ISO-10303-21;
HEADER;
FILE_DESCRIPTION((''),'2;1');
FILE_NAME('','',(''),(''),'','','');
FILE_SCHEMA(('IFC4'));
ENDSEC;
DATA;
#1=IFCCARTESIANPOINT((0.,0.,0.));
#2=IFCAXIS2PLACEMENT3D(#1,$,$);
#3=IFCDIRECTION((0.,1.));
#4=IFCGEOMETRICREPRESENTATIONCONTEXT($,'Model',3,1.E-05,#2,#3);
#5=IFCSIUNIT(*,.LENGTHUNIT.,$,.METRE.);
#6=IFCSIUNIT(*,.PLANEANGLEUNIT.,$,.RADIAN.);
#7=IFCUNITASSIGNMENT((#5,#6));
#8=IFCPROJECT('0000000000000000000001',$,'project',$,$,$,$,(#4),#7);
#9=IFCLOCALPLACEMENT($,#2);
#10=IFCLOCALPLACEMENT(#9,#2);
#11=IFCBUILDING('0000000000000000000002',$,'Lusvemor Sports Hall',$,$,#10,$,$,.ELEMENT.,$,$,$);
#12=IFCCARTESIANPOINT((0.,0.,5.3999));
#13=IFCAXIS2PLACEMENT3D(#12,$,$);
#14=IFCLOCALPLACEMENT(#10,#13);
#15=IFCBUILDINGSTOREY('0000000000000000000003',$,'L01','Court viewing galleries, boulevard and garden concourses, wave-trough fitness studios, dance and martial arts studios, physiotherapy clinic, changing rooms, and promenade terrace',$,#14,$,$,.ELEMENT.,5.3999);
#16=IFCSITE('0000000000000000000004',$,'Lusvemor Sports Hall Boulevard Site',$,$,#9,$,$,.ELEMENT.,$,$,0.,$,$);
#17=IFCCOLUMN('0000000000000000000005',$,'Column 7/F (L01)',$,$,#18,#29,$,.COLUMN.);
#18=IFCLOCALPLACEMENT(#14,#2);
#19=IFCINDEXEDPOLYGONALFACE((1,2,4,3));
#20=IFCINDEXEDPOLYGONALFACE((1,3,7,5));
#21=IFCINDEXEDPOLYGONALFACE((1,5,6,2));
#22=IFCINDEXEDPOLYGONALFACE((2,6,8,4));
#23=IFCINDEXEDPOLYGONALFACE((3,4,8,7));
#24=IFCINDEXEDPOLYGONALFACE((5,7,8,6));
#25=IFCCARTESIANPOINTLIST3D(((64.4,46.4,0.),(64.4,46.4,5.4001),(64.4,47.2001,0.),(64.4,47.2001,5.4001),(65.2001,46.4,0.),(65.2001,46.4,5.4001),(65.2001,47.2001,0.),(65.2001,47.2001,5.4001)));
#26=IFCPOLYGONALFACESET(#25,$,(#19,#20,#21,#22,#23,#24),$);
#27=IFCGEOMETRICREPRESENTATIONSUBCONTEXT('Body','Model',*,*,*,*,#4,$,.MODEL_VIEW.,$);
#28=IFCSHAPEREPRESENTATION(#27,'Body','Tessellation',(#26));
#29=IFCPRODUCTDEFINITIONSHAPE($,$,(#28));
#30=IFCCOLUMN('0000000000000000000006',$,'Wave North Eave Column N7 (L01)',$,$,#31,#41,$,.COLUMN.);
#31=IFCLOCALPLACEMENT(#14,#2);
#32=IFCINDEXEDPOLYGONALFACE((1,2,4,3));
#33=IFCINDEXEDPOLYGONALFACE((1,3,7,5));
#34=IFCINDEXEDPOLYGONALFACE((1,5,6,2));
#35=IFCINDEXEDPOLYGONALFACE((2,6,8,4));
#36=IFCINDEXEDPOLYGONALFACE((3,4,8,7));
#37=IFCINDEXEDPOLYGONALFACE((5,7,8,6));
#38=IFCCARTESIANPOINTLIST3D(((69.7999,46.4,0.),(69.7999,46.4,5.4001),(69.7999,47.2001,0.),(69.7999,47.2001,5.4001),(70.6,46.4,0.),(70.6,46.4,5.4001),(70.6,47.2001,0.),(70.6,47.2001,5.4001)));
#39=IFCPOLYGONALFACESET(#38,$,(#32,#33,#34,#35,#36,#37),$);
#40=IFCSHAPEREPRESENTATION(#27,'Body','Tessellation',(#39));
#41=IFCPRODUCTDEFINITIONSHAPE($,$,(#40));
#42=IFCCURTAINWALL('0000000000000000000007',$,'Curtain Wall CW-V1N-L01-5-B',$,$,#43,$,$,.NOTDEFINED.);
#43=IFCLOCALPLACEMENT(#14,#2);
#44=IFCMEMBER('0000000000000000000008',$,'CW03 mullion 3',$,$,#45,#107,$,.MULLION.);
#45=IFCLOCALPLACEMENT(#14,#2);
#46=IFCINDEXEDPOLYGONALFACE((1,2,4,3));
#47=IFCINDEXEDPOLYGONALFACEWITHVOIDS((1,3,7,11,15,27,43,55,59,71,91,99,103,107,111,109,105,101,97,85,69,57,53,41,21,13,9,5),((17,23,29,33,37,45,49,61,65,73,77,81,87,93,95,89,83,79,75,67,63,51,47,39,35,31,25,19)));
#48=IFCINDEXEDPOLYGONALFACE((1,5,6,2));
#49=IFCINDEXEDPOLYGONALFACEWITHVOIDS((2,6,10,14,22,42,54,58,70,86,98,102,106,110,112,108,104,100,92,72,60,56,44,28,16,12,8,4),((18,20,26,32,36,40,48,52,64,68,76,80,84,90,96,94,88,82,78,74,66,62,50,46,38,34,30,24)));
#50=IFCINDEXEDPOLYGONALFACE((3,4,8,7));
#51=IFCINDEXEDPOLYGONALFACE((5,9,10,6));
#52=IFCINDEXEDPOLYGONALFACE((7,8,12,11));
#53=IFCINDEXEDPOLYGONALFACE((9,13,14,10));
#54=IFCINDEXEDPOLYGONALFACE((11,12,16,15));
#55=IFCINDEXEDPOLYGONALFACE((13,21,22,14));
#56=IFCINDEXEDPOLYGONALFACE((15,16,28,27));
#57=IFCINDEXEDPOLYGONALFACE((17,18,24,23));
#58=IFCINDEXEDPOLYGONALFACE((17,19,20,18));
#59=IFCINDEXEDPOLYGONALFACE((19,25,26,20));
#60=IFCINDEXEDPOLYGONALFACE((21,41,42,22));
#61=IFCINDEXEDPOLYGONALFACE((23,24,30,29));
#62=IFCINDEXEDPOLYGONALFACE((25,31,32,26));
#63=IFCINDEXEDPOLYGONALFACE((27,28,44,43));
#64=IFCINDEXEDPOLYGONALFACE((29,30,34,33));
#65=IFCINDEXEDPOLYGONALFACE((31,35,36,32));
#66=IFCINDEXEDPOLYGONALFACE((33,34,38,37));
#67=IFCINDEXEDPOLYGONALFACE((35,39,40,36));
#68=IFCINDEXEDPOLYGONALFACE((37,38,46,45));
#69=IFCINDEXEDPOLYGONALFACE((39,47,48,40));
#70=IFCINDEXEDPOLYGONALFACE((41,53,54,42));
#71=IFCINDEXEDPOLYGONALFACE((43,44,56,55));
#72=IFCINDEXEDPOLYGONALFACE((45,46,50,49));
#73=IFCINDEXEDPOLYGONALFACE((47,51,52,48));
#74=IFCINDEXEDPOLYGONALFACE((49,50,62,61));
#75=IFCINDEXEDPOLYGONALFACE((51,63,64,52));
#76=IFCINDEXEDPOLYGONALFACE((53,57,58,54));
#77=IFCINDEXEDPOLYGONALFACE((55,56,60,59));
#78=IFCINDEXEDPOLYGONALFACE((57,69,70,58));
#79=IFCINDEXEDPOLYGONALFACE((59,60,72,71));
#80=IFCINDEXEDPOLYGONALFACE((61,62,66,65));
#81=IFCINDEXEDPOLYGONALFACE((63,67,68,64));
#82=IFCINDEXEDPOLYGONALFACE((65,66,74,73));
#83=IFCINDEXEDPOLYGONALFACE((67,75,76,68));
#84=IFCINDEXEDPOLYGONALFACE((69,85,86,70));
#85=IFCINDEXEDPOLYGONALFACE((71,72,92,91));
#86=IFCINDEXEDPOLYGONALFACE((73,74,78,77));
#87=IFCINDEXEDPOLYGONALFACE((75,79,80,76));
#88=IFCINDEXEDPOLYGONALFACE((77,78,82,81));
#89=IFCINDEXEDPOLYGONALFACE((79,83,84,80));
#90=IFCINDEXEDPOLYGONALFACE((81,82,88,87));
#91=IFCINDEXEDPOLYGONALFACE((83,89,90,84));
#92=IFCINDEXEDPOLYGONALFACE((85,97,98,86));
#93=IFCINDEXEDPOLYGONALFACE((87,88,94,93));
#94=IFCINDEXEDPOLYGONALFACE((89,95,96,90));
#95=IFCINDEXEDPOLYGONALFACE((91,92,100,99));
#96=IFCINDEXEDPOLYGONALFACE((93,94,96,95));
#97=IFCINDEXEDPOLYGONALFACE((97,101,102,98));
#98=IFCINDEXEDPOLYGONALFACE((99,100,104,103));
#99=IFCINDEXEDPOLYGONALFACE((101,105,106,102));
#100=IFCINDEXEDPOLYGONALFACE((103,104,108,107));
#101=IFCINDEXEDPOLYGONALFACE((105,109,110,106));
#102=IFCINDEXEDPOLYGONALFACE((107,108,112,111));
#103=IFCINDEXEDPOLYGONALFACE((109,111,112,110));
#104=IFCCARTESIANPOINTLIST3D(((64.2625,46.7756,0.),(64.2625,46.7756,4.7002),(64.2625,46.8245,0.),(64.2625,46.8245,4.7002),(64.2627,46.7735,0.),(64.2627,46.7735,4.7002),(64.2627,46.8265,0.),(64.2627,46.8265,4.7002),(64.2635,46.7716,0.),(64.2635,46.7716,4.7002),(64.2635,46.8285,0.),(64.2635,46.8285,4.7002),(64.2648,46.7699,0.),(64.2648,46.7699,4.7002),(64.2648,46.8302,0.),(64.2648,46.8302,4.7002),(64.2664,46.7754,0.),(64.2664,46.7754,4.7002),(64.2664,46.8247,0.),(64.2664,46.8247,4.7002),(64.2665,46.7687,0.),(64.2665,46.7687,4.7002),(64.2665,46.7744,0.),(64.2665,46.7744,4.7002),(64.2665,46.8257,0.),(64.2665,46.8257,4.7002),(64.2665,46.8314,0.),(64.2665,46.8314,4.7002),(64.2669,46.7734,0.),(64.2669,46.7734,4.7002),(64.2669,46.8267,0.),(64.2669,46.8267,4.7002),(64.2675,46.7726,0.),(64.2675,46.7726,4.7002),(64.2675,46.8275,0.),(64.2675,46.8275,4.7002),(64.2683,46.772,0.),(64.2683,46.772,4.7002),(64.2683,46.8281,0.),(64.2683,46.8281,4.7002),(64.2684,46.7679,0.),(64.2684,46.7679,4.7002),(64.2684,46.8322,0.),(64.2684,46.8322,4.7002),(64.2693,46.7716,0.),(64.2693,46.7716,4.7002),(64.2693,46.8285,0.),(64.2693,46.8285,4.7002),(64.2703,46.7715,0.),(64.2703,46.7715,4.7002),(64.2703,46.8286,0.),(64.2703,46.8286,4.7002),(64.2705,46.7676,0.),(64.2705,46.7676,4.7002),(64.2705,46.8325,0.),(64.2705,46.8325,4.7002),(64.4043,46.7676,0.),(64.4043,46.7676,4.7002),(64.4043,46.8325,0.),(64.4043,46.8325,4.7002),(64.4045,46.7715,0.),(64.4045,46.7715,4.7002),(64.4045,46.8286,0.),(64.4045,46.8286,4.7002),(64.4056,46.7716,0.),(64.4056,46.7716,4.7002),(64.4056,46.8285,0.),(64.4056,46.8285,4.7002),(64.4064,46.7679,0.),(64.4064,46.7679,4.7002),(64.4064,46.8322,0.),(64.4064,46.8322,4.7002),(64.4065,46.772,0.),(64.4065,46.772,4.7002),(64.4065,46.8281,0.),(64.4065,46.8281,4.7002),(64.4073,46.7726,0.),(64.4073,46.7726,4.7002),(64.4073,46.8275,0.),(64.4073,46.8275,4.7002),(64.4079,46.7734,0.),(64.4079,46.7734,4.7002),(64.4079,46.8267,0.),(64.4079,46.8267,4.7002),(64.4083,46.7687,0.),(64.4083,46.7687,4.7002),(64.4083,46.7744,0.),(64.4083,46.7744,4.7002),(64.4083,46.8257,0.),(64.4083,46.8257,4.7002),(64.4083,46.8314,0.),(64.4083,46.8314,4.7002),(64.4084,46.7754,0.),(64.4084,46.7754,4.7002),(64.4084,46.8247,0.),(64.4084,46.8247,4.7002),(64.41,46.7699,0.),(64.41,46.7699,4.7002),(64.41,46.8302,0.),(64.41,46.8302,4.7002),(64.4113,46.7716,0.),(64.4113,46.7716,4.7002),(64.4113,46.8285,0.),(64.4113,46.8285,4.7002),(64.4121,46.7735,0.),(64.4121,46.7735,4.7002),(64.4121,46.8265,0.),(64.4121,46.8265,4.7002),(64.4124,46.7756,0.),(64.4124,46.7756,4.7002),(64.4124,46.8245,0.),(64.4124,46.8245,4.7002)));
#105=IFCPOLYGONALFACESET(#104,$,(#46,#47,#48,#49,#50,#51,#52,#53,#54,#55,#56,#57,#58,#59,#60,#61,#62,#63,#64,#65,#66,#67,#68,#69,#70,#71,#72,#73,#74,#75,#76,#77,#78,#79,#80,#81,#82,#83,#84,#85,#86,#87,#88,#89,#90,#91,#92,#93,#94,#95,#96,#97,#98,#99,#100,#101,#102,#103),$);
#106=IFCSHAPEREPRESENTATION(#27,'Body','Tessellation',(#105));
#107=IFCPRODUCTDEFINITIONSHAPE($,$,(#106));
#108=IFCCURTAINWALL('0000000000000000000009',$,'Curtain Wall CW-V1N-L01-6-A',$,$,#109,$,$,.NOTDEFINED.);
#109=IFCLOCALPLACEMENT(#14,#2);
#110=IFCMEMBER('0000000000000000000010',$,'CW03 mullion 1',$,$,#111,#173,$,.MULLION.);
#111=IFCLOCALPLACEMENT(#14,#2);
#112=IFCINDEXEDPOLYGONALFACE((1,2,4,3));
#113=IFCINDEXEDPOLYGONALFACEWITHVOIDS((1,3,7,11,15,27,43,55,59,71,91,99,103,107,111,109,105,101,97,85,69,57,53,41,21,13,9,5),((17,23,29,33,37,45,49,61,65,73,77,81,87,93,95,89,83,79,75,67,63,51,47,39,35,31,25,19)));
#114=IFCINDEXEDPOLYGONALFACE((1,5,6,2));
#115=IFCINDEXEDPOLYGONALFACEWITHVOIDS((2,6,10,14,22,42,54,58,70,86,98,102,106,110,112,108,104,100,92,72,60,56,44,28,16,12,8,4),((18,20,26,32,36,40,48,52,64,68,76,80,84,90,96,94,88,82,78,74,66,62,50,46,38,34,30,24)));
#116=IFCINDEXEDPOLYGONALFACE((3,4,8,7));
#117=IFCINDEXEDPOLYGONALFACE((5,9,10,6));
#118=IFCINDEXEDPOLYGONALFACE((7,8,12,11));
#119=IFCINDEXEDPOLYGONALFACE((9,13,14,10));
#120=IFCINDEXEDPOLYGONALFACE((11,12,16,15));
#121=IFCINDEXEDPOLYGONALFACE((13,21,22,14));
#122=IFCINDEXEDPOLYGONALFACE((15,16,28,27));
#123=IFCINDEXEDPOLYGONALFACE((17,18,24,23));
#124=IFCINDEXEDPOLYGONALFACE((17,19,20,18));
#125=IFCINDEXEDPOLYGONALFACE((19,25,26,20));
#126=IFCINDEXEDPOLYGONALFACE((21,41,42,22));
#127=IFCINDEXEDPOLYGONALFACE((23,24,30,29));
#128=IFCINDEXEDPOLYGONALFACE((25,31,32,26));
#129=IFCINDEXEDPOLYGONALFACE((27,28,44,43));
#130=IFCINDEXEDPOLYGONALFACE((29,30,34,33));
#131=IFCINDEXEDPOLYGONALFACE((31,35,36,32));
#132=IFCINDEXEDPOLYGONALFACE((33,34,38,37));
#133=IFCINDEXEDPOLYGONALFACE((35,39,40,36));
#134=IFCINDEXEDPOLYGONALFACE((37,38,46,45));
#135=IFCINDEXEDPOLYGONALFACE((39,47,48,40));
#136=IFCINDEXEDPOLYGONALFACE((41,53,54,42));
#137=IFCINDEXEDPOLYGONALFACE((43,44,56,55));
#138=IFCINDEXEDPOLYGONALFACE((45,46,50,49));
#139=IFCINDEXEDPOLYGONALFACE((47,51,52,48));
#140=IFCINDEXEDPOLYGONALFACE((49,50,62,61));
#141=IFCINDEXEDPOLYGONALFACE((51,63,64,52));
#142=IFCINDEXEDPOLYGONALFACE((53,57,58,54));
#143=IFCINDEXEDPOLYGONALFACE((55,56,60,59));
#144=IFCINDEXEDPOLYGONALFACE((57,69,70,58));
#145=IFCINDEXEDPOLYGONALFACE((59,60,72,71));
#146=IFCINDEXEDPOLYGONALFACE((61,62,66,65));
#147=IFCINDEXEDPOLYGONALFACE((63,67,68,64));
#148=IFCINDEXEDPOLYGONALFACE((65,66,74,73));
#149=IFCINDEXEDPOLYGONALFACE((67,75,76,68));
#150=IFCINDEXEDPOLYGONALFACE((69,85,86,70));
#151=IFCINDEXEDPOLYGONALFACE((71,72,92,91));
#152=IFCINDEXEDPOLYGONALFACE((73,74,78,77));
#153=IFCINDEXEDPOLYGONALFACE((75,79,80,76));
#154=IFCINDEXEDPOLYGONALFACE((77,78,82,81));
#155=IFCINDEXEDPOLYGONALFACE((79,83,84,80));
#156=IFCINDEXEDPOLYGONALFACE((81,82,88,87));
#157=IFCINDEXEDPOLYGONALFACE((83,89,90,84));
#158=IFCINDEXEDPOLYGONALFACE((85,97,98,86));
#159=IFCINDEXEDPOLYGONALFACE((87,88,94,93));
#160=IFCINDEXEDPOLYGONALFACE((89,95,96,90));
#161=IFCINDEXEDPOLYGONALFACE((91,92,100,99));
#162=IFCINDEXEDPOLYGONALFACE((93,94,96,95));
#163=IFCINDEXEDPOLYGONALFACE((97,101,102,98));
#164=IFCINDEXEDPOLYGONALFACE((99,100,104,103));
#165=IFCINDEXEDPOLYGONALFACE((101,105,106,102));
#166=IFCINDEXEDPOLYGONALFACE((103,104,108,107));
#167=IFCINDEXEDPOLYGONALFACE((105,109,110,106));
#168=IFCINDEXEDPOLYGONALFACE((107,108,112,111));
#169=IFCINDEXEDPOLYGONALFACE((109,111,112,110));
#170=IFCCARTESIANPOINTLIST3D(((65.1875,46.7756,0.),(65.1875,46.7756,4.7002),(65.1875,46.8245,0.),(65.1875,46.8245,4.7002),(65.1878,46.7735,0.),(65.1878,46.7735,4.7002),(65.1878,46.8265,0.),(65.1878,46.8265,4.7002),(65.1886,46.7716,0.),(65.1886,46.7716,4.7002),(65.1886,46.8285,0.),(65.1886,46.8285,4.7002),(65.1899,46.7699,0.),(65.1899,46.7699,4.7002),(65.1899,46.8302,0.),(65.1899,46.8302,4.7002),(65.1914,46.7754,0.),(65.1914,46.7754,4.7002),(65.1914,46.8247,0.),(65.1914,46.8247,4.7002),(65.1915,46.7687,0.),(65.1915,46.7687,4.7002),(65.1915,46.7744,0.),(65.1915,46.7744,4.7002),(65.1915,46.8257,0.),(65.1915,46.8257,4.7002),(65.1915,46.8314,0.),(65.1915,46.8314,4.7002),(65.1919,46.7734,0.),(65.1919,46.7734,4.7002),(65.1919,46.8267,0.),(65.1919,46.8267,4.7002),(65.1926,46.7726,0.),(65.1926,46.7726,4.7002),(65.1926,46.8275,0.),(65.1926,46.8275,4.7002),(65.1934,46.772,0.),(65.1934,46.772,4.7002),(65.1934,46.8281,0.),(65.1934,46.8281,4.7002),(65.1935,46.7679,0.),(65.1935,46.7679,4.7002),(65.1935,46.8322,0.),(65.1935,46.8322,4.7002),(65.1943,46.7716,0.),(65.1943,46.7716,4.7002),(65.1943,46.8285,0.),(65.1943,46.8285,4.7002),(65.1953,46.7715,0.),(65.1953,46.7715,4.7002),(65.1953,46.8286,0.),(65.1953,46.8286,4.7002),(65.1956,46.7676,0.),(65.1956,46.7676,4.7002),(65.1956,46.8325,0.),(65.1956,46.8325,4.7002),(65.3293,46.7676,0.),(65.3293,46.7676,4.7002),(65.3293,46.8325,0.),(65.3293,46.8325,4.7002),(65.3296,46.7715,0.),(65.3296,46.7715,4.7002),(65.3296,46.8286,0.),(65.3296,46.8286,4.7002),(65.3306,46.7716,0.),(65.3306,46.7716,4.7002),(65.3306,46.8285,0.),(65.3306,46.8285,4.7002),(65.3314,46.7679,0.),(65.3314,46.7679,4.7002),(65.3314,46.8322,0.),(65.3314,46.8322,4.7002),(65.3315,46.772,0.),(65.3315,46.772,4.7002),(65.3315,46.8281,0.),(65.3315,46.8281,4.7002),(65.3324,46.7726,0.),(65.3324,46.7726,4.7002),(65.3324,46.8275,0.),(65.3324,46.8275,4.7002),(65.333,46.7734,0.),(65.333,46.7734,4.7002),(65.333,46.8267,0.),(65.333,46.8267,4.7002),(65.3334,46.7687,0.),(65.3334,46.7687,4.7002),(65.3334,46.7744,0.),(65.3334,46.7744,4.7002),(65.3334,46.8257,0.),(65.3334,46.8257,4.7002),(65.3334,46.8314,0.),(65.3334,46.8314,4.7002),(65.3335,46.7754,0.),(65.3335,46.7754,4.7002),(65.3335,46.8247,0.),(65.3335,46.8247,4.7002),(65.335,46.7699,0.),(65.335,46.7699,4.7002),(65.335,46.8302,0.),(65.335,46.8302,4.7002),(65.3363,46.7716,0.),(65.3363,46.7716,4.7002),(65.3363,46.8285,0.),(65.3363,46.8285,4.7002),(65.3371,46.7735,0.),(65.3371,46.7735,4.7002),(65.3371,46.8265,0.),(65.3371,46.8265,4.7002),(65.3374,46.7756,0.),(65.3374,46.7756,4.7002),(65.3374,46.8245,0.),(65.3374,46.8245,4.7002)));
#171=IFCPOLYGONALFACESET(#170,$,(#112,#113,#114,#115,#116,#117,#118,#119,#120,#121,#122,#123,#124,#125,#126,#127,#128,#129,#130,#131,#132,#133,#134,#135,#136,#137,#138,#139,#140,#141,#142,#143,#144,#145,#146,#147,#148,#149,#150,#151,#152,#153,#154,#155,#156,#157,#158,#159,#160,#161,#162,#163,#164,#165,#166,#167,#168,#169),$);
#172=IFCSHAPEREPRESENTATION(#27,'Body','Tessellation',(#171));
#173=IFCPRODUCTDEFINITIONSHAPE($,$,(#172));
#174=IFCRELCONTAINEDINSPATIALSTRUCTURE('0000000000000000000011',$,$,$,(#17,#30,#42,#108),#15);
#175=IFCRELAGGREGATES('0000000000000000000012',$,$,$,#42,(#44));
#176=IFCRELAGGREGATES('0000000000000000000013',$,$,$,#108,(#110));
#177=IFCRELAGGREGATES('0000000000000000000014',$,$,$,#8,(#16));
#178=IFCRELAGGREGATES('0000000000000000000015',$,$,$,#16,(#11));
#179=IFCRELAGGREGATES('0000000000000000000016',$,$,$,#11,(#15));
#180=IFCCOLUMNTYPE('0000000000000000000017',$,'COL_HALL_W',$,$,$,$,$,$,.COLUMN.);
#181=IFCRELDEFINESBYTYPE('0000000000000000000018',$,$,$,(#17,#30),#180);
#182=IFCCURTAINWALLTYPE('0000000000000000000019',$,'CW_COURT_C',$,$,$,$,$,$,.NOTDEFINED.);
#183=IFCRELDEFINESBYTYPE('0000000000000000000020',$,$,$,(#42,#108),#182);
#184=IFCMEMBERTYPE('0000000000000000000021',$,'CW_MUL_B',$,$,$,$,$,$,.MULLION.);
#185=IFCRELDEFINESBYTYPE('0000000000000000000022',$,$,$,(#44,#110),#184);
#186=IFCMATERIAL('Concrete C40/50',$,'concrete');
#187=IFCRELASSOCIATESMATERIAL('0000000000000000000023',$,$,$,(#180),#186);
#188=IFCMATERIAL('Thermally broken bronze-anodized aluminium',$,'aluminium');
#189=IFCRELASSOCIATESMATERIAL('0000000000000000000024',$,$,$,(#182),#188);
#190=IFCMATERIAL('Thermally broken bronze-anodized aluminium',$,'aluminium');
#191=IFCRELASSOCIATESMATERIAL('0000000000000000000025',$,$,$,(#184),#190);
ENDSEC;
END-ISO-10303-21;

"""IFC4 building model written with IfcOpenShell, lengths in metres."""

from ifc_helpers import new_model, si_unit, direction, frame, origin, origin_2d, place, context, subcontext, project, spatial, rectangle, hollow_rectangle, extrude, material, material_profile, profile_set, type_object, element, aggregate, save


model = new_model("IFC4")

# Units and contexts
model_context = context("Model", 3, precision=1e-05, world=origin(), true_north=direction((0.0, 1.0)))
body_context = subcontext(model_context, "Body", "Model", "MODEL_VIEW")
ifc_project = project(units=[si_unit("LENGTHUNIT", "METRE"), si_unit("PLANEANGLEUNIT", "RADIAN")], contexts=[model_context])

# Site, building, storey
site_placement = place(None, origin())
site = spatial("IfcSite", under=ifc_project, at=site_placement, Name="Lusvemor Sports Hall Boulevard Site", CompositionType="ELEMENT", RefElevation=0.0)
building_placement = place(site_placement, origin())
building = spatial("IfcBuilding", under=site, at=building_placement, Name="Lusvemor Sports Hall", CompositionType="ELEMENT")
storey_placement = place(building_placement, frame((0.0, 0.0, 5.3999)))
storey = spatial("IfcBuildingStorey", under=building, at=storey_placement, Name="L01", Description="Court viewing galleries, boulevard and garden concourses, wave-trough fitness studios, dance and martial arts studios, physiotherapy clinic, changing rooms, and promenade terrace", CompositionType="ELEMENT", Elevation=5.3999)

# Columns
ifc_material_1 = material(Name="Concrete C40/50", Category="concrete")
ifc_material_profile_1 = material_profile(ifc_material_1, rectangle(XDim=0.8, YDim=0.8, at=origin_2d()), Name="RC800x800")
ifc_profile_set_1 = profile_set([ifc_material_profile_1], Name="Concrete C40/50")
column_type = type_object("IfcColumnType", Name="COL_HALL_W", PredefinedType="COLUMN", material=ifc_profile_set_1)
for number, where, z_axis, x_axis, name in (
    (1, (64.8, 46.8, 0.0), (0.0, 0.0, 1.0), (1.0, 0.0, 0.0), "Column 7/F (L01)"),
    (2, (70.2, 46.8, 0.0), (0.0, 0.0, 1.0), (1.0, 0.0, 0.0), "Wave North Eave Column N7 (L01)"),
):
    element("IfcColumn", number, at=place(storey_placement, frame(where, z_axis=z_axis, x_axis=x_axis)), inside=storey, type_object=column_type, Name=name, PredefinedType="COLUMN", context=body_context, shape_type="SweptSolid", body=[
        extrude(rectangle(XDim=0.8, YDim=0.8, at=origin_2d()), origin(), (0.0, 0.0, 1.0), 5.4001),
    ])

# Curtain wall, member
ifc_material_2 = material(Name="Thermally broken bronze-anodized aluminium", Category="aluminium")
curtain_wall_type = type_object("IfcCurtainWallType", Name="CW_COURT_C", PredefinedType="NOTDEFINED", material=ifc_material_2)
curtain_wall_1_placement = place(storey_placement, origin())
curtain_wall_1 = element("IfcCurtainWall", 3, at=curtain_wall_1_placement, inside=storey, type_object=curtain_wall_type, Name="Curtain Wall CW-V1N-L01-5-B", PredefinedType="NOTDEFINED")
ifc_material_3 = material(Name="Thermally broken bronze-anodized aluminium", Category="aluminium")
ifc_material_profile_2 = material_profile(ifc_material_3, hollow_rectangle(XDim=0.0649, YDim=0.1499, WallThickness=0.0039, InnerFilletRadius=0.0039, OuterFilletRadius=0.0081, at=origin_2d()), Name="CWMUL150x65x4")
ifc_profile_set_2 = profile_set([ifc_material_profile_2], Name="Thermally broken bronze-anodized aluminium")
member_type_1 = type_object("IfcMemberType", Name="CW_MUL_B", PredefinedType="MULLION", material=ifc_profile_set_2)
member_1_placement = place(storey_placement, frame((64.3374, 46.8, 0.0), z_axis=(0.0, 0.0, 1.0), x_axis=(0.0, 1.0, 0.0)))
member_1 = element("IfcMember", 4, at=member_1_placement, type_object=member_type_1, Name="CW03 mullion 3", PredefinedType="MULLION", context=body_context, shape_type="SweptSolid", body=[
    extrude(hollow_rectangle(XDim=0.0649, YDim=0.1499, WallThickness=0.0039, InnerFilletRadius=0.0039, OuterFilletRadius=0.0081, at=origin_2d()), origin(), (0.0, 0.0, 1.0), 4.7002),
])

# Curtain wall, member
curtain_wall_2_placement = place(storey_placement, origin())
curtain_wall_2 = element("IfcCurtainWall", 5, at=curtain_wall_2_placement, inside=storey, type_object=curtain_wall_type, Name="Curtain Wall CW-V1N-L01-6-A", PredefinedType="NOTDEFINED")
member_2_placement = place(storey_placement, frame((65.2625, 46.8, 0.0), z_axis=(0.0, 0.0, 1.0), x_axis=(0.0, 1.0, 0.0)))
member_2 = element("IfcMember", 6, at=member_2_placement, type_object=member_type_1, Name="CW03 mullion 1", PredefinedType="MULLION", context=body_context, shape_type="SweptSolid", body=[
    extrude(hollow_rectangle(XDim=0.0649, YDim=0.1499, WallThickness=0.0039, InnerFilletRadius=0.0039, OuterFilletRadius=0.0081, at=origin_2d()), origin(), (0.0, 0.0, 1.0), 4.7002),
])

aggregate(curtain_wall_1, [member_1])
aggregate(curtain_wall_2, [member_2])

save(model, "model.ifc")
